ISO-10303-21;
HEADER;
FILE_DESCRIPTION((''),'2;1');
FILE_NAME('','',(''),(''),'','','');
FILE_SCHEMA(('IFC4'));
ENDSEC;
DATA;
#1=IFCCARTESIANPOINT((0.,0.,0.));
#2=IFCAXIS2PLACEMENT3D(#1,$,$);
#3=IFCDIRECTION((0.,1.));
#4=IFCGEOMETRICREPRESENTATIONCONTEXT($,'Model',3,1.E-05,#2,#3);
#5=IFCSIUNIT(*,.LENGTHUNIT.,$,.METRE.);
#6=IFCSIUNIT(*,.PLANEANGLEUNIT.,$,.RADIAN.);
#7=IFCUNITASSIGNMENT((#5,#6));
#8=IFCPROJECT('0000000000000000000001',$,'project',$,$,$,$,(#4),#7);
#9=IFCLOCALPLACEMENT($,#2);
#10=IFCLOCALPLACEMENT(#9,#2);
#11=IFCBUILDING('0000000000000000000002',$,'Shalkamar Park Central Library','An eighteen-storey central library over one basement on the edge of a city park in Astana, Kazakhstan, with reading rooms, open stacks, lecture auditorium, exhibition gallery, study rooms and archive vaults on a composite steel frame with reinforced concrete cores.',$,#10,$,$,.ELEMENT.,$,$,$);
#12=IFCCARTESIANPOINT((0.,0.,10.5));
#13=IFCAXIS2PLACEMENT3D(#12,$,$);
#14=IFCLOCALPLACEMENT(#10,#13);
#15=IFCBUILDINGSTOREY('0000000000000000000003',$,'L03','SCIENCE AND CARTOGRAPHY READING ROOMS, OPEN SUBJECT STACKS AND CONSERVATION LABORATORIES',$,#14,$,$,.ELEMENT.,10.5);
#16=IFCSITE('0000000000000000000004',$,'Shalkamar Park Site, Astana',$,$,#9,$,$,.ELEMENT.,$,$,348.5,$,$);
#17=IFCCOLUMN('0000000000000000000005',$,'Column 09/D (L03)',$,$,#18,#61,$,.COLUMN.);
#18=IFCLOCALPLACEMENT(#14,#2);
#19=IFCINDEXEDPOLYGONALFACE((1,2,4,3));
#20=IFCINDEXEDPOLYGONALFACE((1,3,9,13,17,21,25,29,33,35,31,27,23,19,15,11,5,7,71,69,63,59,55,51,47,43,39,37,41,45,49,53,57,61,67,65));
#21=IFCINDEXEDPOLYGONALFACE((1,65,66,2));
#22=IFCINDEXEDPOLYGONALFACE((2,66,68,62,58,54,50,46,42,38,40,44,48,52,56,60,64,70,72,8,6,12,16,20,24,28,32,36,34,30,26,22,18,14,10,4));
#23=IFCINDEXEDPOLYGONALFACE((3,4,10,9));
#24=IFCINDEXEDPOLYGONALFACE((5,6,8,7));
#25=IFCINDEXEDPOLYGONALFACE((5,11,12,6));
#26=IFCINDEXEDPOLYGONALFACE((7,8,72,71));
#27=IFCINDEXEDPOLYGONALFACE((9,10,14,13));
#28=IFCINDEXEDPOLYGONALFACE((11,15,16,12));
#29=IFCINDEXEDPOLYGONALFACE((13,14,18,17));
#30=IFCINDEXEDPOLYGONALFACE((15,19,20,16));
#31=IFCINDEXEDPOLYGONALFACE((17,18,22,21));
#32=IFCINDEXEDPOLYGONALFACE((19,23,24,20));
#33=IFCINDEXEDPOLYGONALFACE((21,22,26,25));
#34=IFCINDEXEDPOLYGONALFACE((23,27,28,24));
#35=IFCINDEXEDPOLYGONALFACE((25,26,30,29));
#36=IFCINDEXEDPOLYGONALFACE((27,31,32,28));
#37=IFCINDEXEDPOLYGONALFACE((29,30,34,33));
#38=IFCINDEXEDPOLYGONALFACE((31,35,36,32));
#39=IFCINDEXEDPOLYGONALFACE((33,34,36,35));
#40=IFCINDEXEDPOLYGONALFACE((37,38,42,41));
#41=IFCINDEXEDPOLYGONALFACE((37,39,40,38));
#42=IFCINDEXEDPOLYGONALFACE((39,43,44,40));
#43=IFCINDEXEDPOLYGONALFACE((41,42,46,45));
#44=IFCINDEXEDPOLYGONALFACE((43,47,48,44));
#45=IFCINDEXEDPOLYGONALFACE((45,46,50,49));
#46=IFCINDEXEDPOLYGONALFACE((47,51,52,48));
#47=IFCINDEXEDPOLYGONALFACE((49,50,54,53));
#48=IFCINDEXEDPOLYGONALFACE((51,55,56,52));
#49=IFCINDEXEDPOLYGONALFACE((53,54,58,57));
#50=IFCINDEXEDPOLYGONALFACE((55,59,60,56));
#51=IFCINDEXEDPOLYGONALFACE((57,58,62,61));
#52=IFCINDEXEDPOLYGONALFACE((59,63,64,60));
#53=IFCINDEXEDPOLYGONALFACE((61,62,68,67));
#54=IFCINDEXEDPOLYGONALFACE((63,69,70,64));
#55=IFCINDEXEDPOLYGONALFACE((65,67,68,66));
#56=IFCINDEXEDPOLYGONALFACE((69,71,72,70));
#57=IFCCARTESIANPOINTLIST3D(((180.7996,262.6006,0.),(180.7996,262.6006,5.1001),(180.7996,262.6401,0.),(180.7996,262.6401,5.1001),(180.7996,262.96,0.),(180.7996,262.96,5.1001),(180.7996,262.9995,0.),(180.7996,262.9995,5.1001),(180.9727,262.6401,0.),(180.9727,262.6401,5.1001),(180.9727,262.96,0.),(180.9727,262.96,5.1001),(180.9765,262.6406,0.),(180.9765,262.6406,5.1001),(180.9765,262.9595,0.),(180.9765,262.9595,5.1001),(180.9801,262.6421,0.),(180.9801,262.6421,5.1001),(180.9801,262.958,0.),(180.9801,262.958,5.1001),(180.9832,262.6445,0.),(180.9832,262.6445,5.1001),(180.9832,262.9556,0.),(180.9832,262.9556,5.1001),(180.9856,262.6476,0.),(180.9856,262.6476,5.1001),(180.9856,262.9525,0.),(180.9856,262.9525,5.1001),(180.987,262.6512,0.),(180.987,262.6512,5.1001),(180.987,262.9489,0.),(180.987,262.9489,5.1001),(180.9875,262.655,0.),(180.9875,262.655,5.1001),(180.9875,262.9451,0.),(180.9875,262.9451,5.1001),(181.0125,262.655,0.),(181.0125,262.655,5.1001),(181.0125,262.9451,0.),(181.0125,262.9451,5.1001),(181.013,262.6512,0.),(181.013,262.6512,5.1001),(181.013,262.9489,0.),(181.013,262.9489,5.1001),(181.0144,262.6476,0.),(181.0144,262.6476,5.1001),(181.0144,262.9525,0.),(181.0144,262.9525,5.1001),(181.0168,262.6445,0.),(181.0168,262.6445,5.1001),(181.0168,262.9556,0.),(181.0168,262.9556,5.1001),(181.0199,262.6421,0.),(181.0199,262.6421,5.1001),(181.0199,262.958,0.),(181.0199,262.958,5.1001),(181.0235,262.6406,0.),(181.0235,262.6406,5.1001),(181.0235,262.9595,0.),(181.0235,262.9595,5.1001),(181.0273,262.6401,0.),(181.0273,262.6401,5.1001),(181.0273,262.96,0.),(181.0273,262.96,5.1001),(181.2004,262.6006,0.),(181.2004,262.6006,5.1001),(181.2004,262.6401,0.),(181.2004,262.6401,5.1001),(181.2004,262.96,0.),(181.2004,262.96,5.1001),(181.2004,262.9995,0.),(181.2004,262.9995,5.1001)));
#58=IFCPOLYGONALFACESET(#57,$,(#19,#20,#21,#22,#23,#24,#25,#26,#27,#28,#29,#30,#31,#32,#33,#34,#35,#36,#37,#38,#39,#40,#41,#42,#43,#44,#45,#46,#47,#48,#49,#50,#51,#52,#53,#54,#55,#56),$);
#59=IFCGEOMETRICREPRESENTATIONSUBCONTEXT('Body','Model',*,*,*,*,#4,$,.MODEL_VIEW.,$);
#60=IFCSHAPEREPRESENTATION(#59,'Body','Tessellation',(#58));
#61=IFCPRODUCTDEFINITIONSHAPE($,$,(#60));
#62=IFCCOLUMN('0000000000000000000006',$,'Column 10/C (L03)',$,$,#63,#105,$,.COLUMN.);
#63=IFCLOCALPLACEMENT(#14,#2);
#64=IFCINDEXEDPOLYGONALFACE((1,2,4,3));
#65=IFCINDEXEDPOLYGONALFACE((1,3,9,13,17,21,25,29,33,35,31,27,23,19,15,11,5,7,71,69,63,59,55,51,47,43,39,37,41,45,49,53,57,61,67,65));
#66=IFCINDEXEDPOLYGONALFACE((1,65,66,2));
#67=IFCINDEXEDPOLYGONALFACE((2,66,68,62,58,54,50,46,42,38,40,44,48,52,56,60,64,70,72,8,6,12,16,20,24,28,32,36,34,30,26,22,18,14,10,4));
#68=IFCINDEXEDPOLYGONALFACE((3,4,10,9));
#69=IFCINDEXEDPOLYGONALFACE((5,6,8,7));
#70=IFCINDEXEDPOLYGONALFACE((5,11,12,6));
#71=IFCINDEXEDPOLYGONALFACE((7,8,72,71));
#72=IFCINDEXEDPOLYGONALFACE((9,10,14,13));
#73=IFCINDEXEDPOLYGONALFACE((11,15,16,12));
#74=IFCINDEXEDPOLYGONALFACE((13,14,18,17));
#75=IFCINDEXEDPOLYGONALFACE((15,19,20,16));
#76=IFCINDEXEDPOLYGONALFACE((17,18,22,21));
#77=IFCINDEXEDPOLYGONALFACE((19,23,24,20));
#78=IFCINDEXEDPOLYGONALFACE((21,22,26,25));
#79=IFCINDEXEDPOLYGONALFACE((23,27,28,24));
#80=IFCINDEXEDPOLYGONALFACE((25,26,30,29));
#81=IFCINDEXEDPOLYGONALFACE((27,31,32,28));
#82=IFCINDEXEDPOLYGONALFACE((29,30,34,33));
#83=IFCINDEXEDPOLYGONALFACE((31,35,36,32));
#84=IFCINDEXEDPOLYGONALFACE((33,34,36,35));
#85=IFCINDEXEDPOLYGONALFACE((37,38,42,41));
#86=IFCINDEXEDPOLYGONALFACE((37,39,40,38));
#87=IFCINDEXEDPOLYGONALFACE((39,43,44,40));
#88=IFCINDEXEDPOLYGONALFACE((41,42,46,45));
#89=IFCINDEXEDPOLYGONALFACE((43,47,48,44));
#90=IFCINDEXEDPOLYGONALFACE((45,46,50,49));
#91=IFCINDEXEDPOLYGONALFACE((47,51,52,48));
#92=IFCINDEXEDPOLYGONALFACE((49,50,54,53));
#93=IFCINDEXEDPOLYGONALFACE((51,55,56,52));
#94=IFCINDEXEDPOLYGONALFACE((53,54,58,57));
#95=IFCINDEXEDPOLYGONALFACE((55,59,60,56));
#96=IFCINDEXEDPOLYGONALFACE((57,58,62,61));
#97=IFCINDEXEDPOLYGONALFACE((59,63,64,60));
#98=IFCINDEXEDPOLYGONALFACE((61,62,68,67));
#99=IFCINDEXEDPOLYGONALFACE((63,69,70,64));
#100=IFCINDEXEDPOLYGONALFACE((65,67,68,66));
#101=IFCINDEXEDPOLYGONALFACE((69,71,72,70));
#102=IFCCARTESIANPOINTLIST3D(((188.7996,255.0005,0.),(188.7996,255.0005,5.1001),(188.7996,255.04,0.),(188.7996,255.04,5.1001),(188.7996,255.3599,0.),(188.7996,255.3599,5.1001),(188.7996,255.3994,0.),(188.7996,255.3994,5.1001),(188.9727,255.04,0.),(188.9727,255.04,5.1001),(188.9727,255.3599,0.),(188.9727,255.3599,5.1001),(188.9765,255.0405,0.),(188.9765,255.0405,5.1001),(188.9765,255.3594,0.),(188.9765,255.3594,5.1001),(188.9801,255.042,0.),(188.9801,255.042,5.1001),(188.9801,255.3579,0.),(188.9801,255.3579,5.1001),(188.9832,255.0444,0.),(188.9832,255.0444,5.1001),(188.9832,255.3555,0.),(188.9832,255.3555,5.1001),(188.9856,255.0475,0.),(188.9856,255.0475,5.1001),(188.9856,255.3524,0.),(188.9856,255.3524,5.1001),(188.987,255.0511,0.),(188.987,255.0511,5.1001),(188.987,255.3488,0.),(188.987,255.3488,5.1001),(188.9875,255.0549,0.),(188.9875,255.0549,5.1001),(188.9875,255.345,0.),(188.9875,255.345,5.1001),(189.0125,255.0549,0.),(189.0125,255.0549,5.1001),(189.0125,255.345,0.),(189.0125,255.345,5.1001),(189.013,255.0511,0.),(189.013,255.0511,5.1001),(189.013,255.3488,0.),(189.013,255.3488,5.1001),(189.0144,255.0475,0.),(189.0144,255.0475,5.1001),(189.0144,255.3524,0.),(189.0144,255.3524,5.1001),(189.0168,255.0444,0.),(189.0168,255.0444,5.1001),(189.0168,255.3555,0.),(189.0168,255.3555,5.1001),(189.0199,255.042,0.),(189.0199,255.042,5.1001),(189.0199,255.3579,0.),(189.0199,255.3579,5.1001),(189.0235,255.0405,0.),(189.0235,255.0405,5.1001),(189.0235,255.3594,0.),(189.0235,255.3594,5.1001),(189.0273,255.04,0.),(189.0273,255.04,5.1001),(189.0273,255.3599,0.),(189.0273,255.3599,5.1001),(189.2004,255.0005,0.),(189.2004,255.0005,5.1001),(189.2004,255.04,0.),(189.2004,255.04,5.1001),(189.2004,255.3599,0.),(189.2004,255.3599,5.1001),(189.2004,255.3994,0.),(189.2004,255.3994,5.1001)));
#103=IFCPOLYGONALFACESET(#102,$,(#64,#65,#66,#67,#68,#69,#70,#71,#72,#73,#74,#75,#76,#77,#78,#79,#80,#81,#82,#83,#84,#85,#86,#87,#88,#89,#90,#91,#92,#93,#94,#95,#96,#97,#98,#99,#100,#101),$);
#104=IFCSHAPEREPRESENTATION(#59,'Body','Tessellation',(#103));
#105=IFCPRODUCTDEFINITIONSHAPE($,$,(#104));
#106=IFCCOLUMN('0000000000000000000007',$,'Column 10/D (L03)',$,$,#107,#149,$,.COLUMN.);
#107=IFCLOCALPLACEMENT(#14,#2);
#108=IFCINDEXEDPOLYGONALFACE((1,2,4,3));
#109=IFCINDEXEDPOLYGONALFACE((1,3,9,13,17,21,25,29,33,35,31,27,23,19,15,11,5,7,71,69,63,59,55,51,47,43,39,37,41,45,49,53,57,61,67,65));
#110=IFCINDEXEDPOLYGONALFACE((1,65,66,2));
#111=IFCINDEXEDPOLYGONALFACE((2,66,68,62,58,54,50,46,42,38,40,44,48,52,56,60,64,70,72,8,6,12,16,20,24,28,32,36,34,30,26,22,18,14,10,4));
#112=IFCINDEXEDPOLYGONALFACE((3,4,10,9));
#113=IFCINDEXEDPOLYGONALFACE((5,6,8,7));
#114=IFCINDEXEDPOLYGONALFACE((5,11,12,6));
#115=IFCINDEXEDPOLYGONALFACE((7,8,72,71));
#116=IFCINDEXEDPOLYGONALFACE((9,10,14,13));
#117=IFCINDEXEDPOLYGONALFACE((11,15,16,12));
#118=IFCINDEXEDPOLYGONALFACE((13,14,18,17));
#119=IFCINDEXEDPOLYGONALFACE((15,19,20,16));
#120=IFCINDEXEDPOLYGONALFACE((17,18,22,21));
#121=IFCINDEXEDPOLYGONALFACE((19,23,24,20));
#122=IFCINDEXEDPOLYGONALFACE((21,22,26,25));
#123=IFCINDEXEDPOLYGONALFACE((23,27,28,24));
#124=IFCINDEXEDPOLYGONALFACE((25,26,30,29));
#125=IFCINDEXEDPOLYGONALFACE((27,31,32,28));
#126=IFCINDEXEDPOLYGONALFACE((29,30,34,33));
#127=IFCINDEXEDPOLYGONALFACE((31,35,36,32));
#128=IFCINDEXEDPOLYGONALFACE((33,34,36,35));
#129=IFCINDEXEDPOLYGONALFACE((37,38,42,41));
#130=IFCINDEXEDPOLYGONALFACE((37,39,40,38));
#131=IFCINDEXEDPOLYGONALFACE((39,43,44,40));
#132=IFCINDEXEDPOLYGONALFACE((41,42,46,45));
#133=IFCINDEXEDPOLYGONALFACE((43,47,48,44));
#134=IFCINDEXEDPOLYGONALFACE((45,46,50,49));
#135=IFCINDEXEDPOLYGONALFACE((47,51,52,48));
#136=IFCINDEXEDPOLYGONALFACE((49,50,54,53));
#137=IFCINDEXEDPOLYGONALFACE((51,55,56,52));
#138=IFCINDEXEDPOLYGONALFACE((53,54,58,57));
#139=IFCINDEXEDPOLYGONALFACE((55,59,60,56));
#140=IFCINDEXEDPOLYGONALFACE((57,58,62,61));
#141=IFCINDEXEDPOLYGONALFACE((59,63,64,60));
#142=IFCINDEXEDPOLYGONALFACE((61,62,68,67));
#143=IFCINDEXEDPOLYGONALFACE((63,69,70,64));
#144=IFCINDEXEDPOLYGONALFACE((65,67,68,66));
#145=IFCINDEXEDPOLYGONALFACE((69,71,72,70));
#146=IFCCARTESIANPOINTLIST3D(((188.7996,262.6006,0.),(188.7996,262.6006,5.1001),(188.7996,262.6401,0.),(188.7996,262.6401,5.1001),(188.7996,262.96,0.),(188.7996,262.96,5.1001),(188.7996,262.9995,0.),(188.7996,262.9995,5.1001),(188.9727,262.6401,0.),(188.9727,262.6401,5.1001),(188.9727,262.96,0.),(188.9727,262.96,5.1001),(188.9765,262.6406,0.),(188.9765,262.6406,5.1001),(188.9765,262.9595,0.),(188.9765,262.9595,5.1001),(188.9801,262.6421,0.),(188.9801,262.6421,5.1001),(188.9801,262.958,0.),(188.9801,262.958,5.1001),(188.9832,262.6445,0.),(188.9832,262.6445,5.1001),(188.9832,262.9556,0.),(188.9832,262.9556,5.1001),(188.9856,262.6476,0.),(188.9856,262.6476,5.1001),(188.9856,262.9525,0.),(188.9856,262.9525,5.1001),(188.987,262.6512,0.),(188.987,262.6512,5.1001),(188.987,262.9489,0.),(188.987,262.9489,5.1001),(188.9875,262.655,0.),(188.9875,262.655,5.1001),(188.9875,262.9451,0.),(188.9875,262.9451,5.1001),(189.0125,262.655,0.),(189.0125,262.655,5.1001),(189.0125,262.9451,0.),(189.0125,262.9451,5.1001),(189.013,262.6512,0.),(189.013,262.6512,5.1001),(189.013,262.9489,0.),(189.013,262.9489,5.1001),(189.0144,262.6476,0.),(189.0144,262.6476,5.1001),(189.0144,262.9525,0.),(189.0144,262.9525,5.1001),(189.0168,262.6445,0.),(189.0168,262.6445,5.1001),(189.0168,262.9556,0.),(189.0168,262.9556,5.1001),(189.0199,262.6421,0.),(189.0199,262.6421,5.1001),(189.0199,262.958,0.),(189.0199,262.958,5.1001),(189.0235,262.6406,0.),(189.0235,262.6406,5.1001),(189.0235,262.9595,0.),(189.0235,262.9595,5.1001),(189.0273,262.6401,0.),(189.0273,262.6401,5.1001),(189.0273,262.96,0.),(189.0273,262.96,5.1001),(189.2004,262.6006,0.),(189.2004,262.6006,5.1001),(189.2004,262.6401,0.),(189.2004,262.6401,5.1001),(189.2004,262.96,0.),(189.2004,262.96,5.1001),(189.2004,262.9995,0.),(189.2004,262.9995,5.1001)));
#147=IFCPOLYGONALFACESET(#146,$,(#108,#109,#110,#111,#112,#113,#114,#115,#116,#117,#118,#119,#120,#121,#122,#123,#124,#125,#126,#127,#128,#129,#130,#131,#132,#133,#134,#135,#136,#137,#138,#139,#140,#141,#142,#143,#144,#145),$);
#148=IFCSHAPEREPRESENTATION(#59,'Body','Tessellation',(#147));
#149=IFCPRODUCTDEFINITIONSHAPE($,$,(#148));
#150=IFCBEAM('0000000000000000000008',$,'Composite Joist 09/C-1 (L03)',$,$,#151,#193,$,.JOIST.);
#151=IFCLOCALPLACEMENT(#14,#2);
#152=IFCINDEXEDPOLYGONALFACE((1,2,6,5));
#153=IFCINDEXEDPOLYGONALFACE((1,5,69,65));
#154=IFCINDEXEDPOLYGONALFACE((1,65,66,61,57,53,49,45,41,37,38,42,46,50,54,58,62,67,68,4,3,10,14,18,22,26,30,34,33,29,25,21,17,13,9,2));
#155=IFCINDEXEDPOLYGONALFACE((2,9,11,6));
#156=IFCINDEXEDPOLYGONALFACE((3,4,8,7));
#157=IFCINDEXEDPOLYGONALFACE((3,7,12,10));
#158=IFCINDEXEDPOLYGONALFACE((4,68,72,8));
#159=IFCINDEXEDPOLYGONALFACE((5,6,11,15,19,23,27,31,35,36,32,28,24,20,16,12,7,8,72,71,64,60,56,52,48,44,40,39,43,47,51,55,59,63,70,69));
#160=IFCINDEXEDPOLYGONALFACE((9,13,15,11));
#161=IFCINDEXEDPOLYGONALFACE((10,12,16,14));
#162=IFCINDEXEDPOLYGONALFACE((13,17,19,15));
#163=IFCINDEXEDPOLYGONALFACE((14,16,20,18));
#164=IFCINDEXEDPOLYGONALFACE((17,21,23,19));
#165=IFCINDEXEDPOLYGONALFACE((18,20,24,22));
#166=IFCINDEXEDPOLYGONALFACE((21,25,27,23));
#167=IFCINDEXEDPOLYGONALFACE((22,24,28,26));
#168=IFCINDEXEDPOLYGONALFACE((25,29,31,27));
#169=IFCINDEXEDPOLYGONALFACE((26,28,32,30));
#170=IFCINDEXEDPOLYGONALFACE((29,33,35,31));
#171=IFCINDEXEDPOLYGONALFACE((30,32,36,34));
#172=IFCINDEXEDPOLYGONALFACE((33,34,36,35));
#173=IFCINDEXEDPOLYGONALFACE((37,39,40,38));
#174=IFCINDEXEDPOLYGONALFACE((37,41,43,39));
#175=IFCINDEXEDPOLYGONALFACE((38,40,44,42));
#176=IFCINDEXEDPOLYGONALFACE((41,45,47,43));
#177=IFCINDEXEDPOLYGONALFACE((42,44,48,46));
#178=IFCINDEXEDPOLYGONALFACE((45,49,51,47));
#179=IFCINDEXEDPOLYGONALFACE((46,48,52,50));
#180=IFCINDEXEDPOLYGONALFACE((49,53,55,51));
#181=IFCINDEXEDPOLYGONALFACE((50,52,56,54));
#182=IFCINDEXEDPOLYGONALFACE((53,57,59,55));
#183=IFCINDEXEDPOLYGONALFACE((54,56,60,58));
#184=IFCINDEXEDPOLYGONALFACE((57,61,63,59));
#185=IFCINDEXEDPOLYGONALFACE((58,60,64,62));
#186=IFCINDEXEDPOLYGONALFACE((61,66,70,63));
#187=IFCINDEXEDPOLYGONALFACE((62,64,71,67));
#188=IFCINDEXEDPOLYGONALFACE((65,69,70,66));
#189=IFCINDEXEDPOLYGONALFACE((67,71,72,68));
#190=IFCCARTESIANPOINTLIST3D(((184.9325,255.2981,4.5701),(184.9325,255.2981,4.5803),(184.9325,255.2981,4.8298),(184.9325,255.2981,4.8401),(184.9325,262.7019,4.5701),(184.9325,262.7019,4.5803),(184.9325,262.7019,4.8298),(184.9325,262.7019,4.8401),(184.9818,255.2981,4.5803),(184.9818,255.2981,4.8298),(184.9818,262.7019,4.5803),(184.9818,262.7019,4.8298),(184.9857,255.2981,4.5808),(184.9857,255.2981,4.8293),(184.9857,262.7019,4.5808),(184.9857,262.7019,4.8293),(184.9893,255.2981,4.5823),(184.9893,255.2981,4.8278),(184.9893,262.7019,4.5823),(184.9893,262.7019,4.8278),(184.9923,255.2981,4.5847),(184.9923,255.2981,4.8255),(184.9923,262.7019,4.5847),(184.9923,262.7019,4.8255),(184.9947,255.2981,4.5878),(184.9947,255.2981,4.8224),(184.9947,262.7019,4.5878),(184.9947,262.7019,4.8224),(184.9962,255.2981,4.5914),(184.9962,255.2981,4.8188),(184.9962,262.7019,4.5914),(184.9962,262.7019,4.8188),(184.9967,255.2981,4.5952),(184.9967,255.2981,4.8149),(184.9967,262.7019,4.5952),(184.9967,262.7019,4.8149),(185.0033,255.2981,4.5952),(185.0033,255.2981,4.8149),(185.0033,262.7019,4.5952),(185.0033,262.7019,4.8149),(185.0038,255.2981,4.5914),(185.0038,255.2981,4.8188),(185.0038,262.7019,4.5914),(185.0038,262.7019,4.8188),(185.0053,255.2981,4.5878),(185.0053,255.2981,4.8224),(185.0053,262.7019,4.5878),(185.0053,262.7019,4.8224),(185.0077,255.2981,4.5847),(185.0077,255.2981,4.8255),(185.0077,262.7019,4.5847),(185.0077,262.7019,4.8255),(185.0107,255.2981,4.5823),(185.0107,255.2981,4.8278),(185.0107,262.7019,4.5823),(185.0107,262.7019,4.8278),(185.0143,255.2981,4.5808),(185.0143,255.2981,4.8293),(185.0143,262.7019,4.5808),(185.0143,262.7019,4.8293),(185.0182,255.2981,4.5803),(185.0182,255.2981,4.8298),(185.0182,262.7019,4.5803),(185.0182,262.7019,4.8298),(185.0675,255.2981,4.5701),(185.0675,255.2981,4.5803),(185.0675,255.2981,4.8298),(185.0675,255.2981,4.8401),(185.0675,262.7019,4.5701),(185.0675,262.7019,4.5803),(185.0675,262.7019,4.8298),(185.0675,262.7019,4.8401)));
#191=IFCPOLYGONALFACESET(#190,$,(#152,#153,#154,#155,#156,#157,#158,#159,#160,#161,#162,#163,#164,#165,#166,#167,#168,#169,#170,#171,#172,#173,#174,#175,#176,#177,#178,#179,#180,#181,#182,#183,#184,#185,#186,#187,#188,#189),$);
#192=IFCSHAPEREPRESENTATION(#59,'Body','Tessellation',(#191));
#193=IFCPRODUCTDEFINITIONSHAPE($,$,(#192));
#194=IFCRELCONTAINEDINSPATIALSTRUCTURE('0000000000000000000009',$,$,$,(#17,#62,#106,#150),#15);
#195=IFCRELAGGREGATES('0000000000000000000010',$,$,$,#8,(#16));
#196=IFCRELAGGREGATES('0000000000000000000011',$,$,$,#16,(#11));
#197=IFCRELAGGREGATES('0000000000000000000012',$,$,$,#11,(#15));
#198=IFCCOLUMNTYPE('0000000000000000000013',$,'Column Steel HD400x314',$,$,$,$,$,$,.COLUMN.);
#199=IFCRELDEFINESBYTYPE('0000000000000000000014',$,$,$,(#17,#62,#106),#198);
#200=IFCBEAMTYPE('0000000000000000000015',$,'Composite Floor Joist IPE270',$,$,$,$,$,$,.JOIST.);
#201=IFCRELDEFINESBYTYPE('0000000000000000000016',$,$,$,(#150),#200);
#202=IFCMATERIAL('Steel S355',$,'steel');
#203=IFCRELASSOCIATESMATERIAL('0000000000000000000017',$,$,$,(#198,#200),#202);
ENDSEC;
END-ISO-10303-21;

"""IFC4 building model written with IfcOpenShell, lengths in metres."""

from ifc_helpers import new_model, si_unit, direction, frame, origin, origin_2d, place, context, subcontext, project, spatial, i_section, extrude, material, material_profile, profile_set, type_object, element, save


model = new_model("IFC4")

# Units and contexts
model_context = context("Model", 3, precision=1e-05, world=origin(), true_north=direction((0.0, 1.0)))
body_context = subcontext(model_context, "Body", "Model", "MODEL_VIEW")
ifc_project = project(units=[si_unit("LENGTHUNIT", "METRE"), si_unit("PLANEANGLEUNIT", "RADIAN")], contexts=[model_context])

# Site, building, storey
site_placement = place(None, origin())
site = spatial("IfcSite", under=ifc_project, at=site_placement, Name="Shalkamar Park Site, Astana", CompositionType="ELEMENT", RefElevation=348.5)
building_placement = place(site_placement, origin())
building = spatial("IfcBuilding", under=site, at=building_placement, Name="Shalkamar Park Central Library", Description="An eighteen-storey central library over one basement on the edge of a city park in Astana, Kazakhstan, with reading rooms, open stacks, lecture auditorium, exhibition gallery, study rooms and archive vaults on a composite steel frame with reinforced concrete cores.", CompositionType="ELEMENT")
storey_placement = place(building_placement, frame((0.0, 0.0, 10.5)))
storey = spatial("IfcBuildingStorey", under=building, at=storey_placement, Name="L03", Description="SCIENCE AND CARTOGRAPHY READING ROOMS, OPEN SUBJECT STACKS AND CONSERVATION LABORATORIES", CompositionType="ELEMENT", Elevation=10.5)

# Columns
ifc_material_1 = material(Name="Steel S355", Category="steel")
ifc_material_profile_1 = material_profile(ifc_material_1, i_section(OverallWidth=0.4009, OverallDepth=0.3989, WebThickness=0.0249, FlangeThickness=0.0396, FilletRadius=0.0149, at=origin_2d()), Name="HD 400x314")
ifc_profile_set_1 = profile_set([ifc_material_profile_1], Name="Steel S355")
column_type = type_object("IfcColumnType", Name="Column Steel HD400x314", PredefinedType="COLUMN", material=ifc_profile_set_1)
for number, where, z_axis, x_axis, name in (
    (1, (181.0, 262.8, 0.0), (0.0, 0.0, 1.0), (1.0, 0.0, 0.0), "Column 09/D (L03)"),
    (2, (189.0, 255.2, 0.0), (0.0, 0.0, 1.0), (1.0, 0.0, 0.0), "Column 10/C (L03)"),
    (3, (189.0, 262.8, 0.0), (0.0, 0.0, 1.0), (1.0, 0.0, 0.0), "Column 10/D (L03)"),
):
    element("IfcColumn", number, at=place(storey_placement, frame(where, z_axis=z_axis, x_axis=x_axis)), inside=storey, type_object=column_type, Name=name, PredefinedType="COLUMN", context=body_context, shape_type="SweptSolid", body=[
        extrude(i_section(OverallWidth=0.4009, OverallDepth=0.3989, WebThickness=0.0249, FlangeThickness=0.0396, FilletRadius=0.0149, at=origin_2d()), origin(), (0.0, 0.0, 1.0), 5.1001),
    ])

# Beam
ifc_material_profile_2 = material_profile(ifc_material_1, i_section(OverallWidth=0.135, OverallDepth=0.27, WebThickness=0.0066, FlangeThickness=0.0103, FilletRadius=0.0149, at=origin_2d()), Name="IPE 270")
ifc_profile_set_2 = profile_set([ifc_material_profile_2], Name="Steel S355")
beam_type_1 = type_object("IfcBeamType", Name="Composite Floor Joist IPE270", PredefinedType="JOIST", material=ifc_profile_set_2)
beam_1_placement = place(storey_placement, frame((185.0, 255.2981, 4.7051), z_axis=(0.0, 1.0, 0.0), x_axis=(-1.0, 0.0, 0.0)))
element("IfcBeam", 4, at=beam_1_placement, inside=storey, type_object=beam_type_1, Name="Composite Joist 09/C-1 (L03)", PredefinedType="JOIST", context=body_context, shape_type="SweptSolid", body=[
    extrude(i_section(OverallWidth=0.135, OverallDepth=0.27, WebThickness=0.0066, FlangeThickness=0.0103, FilletRadius=0.0149, at=origin_2d()), origin(), (0.0, 0.0, 1.0), 7.4038),
])

save(model, "model.ifc")
